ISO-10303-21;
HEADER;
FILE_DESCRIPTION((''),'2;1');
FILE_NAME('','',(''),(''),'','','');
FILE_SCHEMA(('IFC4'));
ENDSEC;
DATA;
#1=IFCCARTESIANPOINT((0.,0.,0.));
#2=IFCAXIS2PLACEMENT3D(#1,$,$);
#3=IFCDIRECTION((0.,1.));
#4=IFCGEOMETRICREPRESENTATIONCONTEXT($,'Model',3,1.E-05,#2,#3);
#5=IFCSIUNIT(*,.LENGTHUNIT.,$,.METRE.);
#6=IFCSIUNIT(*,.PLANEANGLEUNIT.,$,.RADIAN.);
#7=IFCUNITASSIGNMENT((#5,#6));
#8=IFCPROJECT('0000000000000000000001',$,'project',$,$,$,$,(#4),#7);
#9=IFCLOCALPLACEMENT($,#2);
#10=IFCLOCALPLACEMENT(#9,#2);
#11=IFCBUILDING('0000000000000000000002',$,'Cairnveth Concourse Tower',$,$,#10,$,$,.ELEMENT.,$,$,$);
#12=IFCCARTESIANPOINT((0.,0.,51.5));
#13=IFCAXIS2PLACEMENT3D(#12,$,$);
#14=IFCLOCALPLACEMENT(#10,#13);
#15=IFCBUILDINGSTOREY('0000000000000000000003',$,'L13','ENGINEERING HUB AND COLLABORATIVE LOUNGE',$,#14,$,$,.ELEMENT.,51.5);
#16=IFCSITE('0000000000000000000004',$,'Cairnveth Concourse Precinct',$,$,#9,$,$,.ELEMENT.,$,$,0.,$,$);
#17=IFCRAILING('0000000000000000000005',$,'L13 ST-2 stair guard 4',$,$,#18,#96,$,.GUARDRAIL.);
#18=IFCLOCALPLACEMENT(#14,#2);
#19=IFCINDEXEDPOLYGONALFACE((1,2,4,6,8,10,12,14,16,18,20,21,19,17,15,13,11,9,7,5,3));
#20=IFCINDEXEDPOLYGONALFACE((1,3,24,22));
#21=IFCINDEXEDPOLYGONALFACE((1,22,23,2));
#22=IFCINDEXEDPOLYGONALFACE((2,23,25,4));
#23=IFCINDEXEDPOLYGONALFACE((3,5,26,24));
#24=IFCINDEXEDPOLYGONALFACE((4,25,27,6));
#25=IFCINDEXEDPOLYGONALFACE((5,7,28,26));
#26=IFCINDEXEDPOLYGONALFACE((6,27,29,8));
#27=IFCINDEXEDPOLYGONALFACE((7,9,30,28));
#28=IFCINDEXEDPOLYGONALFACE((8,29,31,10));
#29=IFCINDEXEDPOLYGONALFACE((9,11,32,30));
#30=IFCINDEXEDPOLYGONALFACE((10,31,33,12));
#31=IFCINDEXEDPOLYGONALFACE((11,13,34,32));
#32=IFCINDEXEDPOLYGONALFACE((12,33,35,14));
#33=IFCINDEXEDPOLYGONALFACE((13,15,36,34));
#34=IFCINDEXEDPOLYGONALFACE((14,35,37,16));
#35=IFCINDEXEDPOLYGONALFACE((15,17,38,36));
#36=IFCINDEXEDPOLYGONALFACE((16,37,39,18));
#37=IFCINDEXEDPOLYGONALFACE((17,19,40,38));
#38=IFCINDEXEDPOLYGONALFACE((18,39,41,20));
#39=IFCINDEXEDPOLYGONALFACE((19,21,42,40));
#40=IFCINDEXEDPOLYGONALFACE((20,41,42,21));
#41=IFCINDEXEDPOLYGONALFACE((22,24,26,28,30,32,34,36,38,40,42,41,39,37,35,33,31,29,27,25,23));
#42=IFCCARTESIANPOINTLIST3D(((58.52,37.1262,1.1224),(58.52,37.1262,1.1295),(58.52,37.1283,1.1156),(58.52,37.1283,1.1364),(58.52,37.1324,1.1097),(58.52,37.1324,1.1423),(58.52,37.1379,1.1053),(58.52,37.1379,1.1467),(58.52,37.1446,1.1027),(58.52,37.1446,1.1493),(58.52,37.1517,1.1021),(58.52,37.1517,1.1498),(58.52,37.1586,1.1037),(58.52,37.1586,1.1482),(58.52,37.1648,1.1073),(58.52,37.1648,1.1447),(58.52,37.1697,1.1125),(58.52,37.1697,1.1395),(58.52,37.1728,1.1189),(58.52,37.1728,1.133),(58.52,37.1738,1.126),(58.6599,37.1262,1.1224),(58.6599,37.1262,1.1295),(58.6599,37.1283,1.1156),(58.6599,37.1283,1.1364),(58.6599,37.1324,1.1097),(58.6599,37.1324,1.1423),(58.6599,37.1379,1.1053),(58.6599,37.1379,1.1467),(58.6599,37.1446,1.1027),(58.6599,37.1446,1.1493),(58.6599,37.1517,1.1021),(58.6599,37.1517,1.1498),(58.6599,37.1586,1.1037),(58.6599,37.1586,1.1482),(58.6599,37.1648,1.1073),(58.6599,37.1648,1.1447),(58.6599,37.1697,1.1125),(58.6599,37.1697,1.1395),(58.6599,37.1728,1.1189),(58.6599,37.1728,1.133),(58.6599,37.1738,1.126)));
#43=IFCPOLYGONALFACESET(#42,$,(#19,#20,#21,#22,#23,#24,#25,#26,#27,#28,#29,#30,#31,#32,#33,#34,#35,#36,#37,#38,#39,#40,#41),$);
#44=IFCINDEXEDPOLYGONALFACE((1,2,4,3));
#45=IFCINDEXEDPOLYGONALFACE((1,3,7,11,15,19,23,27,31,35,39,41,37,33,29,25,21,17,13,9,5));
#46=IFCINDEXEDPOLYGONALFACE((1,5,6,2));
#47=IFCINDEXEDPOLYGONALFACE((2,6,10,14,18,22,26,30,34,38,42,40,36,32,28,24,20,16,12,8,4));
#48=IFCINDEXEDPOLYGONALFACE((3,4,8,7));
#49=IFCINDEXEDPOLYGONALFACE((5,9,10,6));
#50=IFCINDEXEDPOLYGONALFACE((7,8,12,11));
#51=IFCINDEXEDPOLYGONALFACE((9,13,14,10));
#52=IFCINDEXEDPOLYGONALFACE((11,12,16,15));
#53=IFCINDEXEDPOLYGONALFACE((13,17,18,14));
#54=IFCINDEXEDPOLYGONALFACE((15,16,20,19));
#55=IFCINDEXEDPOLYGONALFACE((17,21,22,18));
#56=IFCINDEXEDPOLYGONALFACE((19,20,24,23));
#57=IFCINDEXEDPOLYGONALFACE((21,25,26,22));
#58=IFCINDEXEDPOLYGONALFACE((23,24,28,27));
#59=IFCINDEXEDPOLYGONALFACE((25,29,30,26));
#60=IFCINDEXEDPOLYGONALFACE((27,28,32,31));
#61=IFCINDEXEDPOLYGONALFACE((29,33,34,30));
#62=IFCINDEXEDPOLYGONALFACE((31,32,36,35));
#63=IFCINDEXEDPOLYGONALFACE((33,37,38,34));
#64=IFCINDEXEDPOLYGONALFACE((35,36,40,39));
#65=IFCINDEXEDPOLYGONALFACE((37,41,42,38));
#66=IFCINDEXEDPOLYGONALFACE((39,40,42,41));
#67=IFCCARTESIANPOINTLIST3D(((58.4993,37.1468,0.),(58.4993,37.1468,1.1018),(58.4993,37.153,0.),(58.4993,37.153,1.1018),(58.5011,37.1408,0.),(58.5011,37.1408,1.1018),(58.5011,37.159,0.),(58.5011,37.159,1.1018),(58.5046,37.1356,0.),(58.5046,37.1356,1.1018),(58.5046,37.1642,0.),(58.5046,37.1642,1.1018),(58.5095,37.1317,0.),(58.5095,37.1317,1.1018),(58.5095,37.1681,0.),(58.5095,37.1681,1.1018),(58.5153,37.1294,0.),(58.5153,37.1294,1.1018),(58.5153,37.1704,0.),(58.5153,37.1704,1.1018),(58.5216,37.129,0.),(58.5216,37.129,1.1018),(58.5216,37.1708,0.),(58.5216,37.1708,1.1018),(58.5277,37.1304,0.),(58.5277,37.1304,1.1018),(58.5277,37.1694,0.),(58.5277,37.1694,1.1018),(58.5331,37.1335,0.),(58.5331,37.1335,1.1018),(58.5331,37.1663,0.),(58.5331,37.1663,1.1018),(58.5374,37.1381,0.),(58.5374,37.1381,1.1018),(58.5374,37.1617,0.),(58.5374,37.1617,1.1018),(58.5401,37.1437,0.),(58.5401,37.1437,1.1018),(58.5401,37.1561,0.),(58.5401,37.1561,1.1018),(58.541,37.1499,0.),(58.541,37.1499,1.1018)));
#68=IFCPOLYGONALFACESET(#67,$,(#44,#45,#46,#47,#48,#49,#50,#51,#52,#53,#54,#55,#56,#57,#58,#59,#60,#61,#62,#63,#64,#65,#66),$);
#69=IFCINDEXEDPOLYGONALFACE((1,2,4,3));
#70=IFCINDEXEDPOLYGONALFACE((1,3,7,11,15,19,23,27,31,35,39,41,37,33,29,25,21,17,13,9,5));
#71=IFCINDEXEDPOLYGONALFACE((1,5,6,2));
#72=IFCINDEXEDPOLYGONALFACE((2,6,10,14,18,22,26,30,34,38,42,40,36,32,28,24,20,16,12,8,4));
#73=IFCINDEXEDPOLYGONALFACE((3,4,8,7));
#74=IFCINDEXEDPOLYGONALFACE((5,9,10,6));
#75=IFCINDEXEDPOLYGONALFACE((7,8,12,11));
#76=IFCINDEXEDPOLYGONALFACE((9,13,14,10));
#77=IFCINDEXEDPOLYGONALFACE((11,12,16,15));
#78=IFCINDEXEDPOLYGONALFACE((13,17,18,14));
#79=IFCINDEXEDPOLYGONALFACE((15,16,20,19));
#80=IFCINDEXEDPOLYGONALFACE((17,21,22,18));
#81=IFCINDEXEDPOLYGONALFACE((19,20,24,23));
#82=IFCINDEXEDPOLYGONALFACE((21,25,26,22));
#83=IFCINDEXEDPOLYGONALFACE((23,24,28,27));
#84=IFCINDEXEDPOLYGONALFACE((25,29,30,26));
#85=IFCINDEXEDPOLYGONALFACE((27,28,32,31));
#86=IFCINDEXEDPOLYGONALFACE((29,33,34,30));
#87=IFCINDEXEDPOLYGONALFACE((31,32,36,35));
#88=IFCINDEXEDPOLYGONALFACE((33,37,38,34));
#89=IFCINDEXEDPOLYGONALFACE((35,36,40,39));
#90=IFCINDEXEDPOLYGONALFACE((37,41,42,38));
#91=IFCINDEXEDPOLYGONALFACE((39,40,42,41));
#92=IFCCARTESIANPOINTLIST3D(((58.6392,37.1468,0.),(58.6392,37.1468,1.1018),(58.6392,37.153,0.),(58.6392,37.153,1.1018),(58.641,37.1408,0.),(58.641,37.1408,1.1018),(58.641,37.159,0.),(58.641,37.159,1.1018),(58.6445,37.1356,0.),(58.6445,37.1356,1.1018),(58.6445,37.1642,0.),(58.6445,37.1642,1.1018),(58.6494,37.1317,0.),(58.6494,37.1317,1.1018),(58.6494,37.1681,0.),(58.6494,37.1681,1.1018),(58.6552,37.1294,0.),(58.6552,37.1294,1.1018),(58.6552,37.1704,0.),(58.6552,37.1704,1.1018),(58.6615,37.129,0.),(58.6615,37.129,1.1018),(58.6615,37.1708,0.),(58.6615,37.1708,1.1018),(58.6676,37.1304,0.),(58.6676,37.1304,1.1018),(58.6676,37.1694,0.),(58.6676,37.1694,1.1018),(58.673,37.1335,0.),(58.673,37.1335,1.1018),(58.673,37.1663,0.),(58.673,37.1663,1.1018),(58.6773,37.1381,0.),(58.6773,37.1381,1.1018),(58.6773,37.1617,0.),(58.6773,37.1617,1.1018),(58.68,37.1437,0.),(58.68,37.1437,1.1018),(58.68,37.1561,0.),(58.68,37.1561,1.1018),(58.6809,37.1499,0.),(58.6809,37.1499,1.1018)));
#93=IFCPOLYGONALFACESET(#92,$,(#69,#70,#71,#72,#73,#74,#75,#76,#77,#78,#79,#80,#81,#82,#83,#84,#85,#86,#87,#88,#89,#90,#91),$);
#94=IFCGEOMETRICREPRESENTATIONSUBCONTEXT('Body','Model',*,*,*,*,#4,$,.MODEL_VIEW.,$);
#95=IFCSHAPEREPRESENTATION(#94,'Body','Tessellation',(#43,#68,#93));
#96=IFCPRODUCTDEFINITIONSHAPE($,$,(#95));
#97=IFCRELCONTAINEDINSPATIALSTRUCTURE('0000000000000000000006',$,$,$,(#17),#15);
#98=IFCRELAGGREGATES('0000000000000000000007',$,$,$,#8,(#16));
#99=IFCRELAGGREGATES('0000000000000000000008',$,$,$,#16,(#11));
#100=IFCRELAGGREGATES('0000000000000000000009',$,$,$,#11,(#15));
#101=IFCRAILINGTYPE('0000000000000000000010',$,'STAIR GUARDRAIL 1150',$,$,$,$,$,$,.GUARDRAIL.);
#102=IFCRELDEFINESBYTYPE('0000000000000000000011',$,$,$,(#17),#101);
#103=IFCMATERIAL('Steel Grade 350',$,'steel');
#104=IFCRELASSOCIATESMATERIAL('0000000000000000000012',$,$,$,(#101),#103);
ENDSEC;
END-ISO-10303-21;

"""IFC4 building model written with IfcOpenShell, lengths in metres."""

from ifc_helpers import new_model, si_unit, direction, frame, origin, origin_2d, place, context, subcontext, project, spatial, circle, extrude, material, type_object, element, save


model = new_model("IFC4")

# Units and contexts
model_context = context("Model", 3, precision=1e-05, world=origin(), true_north=direction((0.0, 1.0)))
body_context = subcontext(model_context, "Body", "Model", "MODEL_VIEW")
ifc_project = project(units=[si_unit("LENGTHUNIT", "METRE"), si_unit("PLANEANGLEUNIT", "RADIAN")], contexts=[model_context])

# Site, building, storey
site_placement = place(None, origin())
site = spatial("IfcSite", under=ifc_project, at=site_placement, Name="Cairnveth Concourse Precinct", CompositionType="ELEMENT", RefElevation=0.0)
building_placement = place(site_placement, origin())
building = spatial("IfcBuilding", under=site, at=building_placement, Name="Cairnveth Concourse Tower", CompositionType="ELEMENT")
storey_placement = place(building_placement, frame((0.0, 0.0, 51.5)))
storey = spatial("IfcBuildingStorey", under=building, at=storey_placement, Name="L13", Description="ENGINEERING HUB AND COLLABORATIVE LOUNGE", CompositionType="ELEMENT", Elevation=51.5)

# Shared definitions
ifc_material_1 = material(Name="Steel Grade 350", Category="steel")

# Railing
railing_type_1 = type_object("IfcRailingType", Name="STAIR GUARDRAIL 1150", PredefinedType="GUARDRAIL", material=ifc_material_1)
railing_1_placement = place(storey_placement, frame((58.52, 37.1499, 0.0)))
element("IfcRailing", 1, at=railing_1_placement, inside=storey, type_object=railing_type_1, Name="L13 ST-2 stair guard 4", PredefinedType="GUARDRAIL", context=body_context, shape_type="SweptSolid", body=[
    extrude(circle(Radius=0.0239, at=origin_2d()), frame((0.0, 0.0, 1.126), z_axis=(1.0, 0.0, 0.0), x_axis=(0.0, 1.0, 0.0)), (0.0, 0.0, 1.0), 0.1399),
    extrude(circle(Radius=0.021, at=origin_2d()), origin(), (0.0, 0.0, 1.0), 1.1018),
    extrude(circle(Radius=0.021, at=origin_2d()), frame((0.1399, 0.0, 0.0)), (0.0, 0.0, 1.0), 1.1018),
])

save(model, "model.ifc")
